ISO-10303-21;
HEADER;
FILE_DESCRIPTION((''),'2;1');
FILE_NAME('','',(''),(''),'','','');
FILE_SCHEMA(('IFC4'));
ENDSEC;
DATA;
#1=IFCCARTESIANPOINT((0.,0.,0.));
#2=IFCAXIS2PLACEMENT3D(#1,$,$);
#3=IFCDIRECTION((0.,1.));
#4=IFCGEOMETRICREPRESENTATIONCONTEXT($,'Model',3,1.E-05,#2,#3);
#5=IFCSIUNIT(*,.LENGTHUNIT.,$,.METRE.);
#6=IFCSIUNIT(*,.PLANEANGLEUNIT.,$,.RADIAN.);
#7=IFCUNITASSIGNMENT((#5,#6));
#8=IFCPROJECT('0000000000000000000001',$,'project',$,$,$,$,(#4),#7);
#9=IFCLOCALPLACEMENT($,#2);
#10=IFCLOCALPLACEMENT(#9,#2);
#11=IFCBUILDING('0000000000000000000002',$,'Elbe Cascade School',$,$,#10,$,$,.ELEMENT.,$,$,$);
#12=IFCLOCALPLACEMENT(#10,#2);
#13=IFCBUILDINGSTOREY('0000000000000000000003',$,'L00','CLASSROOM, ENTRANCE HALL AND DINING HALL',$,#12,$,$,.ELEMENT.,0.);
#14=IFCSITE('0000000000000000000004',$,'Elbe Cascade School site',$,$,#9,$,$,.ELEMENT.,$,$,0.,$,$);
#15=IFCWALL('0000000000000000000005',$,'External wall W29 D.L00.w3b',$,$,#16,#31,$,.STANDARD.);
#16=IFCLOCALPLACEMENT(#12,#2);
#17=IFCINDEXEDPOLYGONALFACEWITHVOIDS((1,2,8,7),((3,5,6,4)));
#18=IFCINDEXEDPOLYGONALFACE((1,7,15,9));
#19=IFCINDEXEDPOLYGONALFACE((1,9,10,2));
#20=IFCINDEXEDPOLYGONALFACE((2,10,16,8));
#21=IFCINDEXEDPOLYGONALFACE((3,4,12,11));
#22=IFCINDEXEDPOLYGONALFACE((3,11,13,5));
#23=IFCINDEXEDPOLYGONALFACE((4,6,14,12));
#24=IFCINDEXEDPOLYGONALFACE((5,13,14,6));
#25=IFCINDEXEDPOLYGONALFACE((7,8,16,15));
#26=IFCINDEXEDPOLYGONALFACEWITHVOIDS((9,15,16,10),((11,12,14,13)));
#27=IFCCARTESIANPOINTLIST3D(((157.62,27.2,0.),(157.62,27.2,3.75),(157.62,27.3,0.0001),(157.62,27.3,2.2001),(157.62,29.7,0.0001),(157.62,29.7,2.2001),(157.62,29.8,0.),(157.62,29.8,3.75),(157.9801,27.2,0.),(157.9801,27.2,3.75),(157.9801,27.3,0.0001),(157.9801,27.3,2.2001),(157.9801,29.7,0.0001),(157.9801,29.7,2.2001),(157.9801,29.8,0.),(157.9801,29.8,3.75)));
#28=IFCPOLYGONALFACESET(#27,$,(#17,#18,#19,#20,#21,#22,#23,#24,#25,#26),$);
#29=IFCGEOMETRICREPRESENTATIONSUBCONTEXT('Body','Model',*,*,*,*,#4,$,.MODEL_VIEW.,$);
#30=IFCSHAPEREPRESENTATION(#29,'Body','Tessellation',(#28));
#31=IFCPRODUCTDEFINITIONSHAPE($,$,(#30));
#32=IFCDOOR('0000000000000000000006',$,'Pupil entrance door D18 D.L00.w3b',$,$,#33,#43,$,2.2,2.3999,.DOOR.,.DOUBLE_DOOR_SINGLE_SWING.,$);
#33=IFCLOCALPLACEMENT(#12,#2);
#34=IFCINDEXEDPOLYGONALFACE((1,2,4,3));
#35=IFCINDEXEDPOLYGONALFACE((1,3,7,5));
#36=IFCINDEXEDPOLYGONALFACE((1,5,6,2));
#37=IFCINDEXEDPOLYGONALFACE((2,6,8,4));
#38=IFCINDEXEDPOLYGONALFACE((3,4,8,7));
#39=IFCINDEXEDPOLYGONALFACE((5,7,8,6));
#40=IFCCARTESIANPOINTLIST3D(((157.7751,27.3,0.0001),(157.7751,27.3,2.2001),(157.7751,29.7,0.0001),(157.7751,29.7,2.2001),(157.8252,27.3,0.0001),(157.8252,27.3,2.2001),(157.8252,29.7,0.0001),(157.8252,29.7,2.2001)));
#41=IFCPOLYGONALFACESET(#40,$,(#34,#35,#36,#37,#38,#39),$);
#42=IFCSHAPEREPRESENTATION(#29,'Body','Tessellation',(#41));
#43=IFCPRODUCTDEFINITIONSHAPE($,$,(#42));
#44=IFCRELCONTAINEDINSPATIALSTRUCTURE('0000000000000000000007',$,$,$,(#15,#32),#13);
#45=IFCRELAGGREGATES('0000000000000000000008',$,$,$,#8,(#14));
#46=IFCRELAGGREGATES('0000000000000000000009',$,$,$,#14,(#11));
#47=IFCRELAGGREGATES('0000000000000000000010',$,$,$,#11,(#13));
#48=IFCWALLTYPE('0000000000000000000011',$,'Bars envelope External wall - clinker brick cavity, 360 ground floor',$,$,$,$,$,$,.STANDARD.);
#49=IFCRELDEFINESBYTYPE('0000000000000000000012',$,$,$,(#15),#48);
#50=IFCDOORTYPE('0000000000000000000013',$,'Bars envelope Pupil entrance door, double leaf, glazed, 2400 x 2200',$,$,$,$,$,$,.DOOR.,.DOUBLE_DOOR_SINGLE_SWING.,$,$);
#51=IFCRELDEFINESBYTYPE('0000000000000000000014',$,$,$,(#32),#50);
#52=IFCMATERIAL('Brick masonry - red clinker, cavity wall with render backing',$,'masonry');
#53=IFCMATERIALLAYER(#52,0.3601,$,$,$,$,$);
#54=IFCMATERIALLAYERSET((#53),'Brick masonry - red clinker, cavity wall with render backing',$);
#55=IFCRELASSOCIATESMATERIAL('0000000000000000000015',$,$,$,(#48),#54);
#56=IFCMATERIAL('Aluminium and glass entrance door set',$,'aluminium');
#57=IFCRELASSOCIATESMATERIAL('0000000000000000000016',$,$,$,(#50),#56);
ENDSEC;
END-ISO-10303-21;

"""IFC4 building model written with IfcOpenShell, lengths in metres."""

from ifc_helpers import new_model, si_unit, direction, frame, frame_2d, origin, place, context, subcontext, project, spatial, rectangle, extrude, material, layer, layer_set, type_object, element, fill, save


model = new_model("IFC4")

# Units and contexts
model_context = context("Model", 3, precision=1e-05, world=origin(), true_north=direction((0.0, 1.0)))
body_context = subcontext(model_context, "Body", "Model", "MODEL_VIEW")
ifc_project = project(units=[si_unit("LENGTHUNIT", "METRE"), si_unit("PLANEANGLEUNIT", "RADIAN")], contexts=[model_context])

# Site, building, storey
site_placement = place(None, origin())
site = spatial("IfcSite", under=ifc_project, at=site_placement, Name="Elbe Cascade School site", CompositionType="ELEMENT", RefElevation=0.0)
building_placement = place(site_placement, origin())
building = spatial("IfcBuilding", under=site, at=building_placement, Name="Elbe Cascade School", CompositionType="ELEMENT")
storey_placement = place(building_placement, origin())
storey = spatial("IfcBuildingStorey", under=building, at=storey_placement, Name="L00", Description="CLASSROOM, ENTRANCE HALL AND DINING HALL", CompositionType="ELEMENT", Elevation=0.0)

# Shared definitions
ifc_material_1 = material(Name="Brick masonry - red clinker, cavity wall with render backing", Category="masonry")
ifc_layer_1 = layer(ifc_material_1, 0.3601)
ifc_layer_set_1 = layer_set([ifc_layer_1], Name="Brick masonry - red clinker, cavity wall with render backing")
wall_type_1 = type_object("IfcWallType", Name="Bars envelope External wall - clinker brick cavity, 360 ground floor", PredefinedType="STANDARD", material=ifc_layer_set_1)

# Wall, opening, door
wall_1_placement = place(storey_placement, frame((157.8, 27.2, 0.0), z_axis=(0.0, 0.0, 1.0), x_axis=(0.0, 1.0, 0.0)))
wall_1 = element("IfcWall", 1, at=wall_1_placement, inside=storey, type_object=wall_type_1, Name="External wall W29 D.L00.w3b", PredefinedType="STANDARD", context=body_context, shape_type="SweptSolid", body=[
    extrude(rectangle(XDim=2.6001, YDim=0.3601, at=frame_2d((1.3, 0.0))), origin(), (0.0, 0.0, 1.0), 3.75),
])
opening_1_placement = place(wall_1_placement, frame((0.1001, 0.0, 0.0)))
opening_1 = element("IfcOpeningElement", 2, at=opening_1_placement, cuts=wall_1, PredefinedType="OPENING", context=body_context, shape_type="SweptSolid", body=[
    extrude(rectangle(XDim=2.3999, YDim=2.2, at=frame_2d((1.2, 1.1001))), frame((0.0, 0.1899, 0.0), z_axis=(0.0, -1.0, 0.0), x_axis=(1.0, 0.0, 0.0)), (0.0, 0.0, 1.0), 0.3801),
])
ifc_material_2 = material(Name="Aluminium and glass entrance door set", Category="aluminium")
door_type_1 = type_object("IfcDoorType", Name="Bars envelope Pupil entrance door, double leaf, glazed, 2400 x 2200", OperationType="DOUBLE_DOOR_SINGLE_SWING", PredefinedType="DOOR", material=ifc_material_2)
door_1_placement = place(opening_1_placement, origin())
door_1 = element("IfcDoor", 3, at=door_1_placement, inside=storey, type_object=door_type_1, Name="Pupil entrance door D18 D.L00.w3b", OperationType="DOUBLE_DOOR_SINGLE_SWING", OverallHeight=2.2, OverallWidth=2.3999, PredefinedType="DOOR", context=body_context, shape_type="SweptSolid", body=[
    extrude(rectangle(XDim=2.3999, YDim=2.2, at=frame_2d((1.2, 1.1001))), frame((0.0, 0.0249, 0.0), z_axis=(0.0, -1.0, 0.0), x_axis=(1.0, 0.0, 0.0)), (0.0, 0.0, 1.0), 0.05),
])
fill(opening_1, door_1)

save(model, "model.ifc")
